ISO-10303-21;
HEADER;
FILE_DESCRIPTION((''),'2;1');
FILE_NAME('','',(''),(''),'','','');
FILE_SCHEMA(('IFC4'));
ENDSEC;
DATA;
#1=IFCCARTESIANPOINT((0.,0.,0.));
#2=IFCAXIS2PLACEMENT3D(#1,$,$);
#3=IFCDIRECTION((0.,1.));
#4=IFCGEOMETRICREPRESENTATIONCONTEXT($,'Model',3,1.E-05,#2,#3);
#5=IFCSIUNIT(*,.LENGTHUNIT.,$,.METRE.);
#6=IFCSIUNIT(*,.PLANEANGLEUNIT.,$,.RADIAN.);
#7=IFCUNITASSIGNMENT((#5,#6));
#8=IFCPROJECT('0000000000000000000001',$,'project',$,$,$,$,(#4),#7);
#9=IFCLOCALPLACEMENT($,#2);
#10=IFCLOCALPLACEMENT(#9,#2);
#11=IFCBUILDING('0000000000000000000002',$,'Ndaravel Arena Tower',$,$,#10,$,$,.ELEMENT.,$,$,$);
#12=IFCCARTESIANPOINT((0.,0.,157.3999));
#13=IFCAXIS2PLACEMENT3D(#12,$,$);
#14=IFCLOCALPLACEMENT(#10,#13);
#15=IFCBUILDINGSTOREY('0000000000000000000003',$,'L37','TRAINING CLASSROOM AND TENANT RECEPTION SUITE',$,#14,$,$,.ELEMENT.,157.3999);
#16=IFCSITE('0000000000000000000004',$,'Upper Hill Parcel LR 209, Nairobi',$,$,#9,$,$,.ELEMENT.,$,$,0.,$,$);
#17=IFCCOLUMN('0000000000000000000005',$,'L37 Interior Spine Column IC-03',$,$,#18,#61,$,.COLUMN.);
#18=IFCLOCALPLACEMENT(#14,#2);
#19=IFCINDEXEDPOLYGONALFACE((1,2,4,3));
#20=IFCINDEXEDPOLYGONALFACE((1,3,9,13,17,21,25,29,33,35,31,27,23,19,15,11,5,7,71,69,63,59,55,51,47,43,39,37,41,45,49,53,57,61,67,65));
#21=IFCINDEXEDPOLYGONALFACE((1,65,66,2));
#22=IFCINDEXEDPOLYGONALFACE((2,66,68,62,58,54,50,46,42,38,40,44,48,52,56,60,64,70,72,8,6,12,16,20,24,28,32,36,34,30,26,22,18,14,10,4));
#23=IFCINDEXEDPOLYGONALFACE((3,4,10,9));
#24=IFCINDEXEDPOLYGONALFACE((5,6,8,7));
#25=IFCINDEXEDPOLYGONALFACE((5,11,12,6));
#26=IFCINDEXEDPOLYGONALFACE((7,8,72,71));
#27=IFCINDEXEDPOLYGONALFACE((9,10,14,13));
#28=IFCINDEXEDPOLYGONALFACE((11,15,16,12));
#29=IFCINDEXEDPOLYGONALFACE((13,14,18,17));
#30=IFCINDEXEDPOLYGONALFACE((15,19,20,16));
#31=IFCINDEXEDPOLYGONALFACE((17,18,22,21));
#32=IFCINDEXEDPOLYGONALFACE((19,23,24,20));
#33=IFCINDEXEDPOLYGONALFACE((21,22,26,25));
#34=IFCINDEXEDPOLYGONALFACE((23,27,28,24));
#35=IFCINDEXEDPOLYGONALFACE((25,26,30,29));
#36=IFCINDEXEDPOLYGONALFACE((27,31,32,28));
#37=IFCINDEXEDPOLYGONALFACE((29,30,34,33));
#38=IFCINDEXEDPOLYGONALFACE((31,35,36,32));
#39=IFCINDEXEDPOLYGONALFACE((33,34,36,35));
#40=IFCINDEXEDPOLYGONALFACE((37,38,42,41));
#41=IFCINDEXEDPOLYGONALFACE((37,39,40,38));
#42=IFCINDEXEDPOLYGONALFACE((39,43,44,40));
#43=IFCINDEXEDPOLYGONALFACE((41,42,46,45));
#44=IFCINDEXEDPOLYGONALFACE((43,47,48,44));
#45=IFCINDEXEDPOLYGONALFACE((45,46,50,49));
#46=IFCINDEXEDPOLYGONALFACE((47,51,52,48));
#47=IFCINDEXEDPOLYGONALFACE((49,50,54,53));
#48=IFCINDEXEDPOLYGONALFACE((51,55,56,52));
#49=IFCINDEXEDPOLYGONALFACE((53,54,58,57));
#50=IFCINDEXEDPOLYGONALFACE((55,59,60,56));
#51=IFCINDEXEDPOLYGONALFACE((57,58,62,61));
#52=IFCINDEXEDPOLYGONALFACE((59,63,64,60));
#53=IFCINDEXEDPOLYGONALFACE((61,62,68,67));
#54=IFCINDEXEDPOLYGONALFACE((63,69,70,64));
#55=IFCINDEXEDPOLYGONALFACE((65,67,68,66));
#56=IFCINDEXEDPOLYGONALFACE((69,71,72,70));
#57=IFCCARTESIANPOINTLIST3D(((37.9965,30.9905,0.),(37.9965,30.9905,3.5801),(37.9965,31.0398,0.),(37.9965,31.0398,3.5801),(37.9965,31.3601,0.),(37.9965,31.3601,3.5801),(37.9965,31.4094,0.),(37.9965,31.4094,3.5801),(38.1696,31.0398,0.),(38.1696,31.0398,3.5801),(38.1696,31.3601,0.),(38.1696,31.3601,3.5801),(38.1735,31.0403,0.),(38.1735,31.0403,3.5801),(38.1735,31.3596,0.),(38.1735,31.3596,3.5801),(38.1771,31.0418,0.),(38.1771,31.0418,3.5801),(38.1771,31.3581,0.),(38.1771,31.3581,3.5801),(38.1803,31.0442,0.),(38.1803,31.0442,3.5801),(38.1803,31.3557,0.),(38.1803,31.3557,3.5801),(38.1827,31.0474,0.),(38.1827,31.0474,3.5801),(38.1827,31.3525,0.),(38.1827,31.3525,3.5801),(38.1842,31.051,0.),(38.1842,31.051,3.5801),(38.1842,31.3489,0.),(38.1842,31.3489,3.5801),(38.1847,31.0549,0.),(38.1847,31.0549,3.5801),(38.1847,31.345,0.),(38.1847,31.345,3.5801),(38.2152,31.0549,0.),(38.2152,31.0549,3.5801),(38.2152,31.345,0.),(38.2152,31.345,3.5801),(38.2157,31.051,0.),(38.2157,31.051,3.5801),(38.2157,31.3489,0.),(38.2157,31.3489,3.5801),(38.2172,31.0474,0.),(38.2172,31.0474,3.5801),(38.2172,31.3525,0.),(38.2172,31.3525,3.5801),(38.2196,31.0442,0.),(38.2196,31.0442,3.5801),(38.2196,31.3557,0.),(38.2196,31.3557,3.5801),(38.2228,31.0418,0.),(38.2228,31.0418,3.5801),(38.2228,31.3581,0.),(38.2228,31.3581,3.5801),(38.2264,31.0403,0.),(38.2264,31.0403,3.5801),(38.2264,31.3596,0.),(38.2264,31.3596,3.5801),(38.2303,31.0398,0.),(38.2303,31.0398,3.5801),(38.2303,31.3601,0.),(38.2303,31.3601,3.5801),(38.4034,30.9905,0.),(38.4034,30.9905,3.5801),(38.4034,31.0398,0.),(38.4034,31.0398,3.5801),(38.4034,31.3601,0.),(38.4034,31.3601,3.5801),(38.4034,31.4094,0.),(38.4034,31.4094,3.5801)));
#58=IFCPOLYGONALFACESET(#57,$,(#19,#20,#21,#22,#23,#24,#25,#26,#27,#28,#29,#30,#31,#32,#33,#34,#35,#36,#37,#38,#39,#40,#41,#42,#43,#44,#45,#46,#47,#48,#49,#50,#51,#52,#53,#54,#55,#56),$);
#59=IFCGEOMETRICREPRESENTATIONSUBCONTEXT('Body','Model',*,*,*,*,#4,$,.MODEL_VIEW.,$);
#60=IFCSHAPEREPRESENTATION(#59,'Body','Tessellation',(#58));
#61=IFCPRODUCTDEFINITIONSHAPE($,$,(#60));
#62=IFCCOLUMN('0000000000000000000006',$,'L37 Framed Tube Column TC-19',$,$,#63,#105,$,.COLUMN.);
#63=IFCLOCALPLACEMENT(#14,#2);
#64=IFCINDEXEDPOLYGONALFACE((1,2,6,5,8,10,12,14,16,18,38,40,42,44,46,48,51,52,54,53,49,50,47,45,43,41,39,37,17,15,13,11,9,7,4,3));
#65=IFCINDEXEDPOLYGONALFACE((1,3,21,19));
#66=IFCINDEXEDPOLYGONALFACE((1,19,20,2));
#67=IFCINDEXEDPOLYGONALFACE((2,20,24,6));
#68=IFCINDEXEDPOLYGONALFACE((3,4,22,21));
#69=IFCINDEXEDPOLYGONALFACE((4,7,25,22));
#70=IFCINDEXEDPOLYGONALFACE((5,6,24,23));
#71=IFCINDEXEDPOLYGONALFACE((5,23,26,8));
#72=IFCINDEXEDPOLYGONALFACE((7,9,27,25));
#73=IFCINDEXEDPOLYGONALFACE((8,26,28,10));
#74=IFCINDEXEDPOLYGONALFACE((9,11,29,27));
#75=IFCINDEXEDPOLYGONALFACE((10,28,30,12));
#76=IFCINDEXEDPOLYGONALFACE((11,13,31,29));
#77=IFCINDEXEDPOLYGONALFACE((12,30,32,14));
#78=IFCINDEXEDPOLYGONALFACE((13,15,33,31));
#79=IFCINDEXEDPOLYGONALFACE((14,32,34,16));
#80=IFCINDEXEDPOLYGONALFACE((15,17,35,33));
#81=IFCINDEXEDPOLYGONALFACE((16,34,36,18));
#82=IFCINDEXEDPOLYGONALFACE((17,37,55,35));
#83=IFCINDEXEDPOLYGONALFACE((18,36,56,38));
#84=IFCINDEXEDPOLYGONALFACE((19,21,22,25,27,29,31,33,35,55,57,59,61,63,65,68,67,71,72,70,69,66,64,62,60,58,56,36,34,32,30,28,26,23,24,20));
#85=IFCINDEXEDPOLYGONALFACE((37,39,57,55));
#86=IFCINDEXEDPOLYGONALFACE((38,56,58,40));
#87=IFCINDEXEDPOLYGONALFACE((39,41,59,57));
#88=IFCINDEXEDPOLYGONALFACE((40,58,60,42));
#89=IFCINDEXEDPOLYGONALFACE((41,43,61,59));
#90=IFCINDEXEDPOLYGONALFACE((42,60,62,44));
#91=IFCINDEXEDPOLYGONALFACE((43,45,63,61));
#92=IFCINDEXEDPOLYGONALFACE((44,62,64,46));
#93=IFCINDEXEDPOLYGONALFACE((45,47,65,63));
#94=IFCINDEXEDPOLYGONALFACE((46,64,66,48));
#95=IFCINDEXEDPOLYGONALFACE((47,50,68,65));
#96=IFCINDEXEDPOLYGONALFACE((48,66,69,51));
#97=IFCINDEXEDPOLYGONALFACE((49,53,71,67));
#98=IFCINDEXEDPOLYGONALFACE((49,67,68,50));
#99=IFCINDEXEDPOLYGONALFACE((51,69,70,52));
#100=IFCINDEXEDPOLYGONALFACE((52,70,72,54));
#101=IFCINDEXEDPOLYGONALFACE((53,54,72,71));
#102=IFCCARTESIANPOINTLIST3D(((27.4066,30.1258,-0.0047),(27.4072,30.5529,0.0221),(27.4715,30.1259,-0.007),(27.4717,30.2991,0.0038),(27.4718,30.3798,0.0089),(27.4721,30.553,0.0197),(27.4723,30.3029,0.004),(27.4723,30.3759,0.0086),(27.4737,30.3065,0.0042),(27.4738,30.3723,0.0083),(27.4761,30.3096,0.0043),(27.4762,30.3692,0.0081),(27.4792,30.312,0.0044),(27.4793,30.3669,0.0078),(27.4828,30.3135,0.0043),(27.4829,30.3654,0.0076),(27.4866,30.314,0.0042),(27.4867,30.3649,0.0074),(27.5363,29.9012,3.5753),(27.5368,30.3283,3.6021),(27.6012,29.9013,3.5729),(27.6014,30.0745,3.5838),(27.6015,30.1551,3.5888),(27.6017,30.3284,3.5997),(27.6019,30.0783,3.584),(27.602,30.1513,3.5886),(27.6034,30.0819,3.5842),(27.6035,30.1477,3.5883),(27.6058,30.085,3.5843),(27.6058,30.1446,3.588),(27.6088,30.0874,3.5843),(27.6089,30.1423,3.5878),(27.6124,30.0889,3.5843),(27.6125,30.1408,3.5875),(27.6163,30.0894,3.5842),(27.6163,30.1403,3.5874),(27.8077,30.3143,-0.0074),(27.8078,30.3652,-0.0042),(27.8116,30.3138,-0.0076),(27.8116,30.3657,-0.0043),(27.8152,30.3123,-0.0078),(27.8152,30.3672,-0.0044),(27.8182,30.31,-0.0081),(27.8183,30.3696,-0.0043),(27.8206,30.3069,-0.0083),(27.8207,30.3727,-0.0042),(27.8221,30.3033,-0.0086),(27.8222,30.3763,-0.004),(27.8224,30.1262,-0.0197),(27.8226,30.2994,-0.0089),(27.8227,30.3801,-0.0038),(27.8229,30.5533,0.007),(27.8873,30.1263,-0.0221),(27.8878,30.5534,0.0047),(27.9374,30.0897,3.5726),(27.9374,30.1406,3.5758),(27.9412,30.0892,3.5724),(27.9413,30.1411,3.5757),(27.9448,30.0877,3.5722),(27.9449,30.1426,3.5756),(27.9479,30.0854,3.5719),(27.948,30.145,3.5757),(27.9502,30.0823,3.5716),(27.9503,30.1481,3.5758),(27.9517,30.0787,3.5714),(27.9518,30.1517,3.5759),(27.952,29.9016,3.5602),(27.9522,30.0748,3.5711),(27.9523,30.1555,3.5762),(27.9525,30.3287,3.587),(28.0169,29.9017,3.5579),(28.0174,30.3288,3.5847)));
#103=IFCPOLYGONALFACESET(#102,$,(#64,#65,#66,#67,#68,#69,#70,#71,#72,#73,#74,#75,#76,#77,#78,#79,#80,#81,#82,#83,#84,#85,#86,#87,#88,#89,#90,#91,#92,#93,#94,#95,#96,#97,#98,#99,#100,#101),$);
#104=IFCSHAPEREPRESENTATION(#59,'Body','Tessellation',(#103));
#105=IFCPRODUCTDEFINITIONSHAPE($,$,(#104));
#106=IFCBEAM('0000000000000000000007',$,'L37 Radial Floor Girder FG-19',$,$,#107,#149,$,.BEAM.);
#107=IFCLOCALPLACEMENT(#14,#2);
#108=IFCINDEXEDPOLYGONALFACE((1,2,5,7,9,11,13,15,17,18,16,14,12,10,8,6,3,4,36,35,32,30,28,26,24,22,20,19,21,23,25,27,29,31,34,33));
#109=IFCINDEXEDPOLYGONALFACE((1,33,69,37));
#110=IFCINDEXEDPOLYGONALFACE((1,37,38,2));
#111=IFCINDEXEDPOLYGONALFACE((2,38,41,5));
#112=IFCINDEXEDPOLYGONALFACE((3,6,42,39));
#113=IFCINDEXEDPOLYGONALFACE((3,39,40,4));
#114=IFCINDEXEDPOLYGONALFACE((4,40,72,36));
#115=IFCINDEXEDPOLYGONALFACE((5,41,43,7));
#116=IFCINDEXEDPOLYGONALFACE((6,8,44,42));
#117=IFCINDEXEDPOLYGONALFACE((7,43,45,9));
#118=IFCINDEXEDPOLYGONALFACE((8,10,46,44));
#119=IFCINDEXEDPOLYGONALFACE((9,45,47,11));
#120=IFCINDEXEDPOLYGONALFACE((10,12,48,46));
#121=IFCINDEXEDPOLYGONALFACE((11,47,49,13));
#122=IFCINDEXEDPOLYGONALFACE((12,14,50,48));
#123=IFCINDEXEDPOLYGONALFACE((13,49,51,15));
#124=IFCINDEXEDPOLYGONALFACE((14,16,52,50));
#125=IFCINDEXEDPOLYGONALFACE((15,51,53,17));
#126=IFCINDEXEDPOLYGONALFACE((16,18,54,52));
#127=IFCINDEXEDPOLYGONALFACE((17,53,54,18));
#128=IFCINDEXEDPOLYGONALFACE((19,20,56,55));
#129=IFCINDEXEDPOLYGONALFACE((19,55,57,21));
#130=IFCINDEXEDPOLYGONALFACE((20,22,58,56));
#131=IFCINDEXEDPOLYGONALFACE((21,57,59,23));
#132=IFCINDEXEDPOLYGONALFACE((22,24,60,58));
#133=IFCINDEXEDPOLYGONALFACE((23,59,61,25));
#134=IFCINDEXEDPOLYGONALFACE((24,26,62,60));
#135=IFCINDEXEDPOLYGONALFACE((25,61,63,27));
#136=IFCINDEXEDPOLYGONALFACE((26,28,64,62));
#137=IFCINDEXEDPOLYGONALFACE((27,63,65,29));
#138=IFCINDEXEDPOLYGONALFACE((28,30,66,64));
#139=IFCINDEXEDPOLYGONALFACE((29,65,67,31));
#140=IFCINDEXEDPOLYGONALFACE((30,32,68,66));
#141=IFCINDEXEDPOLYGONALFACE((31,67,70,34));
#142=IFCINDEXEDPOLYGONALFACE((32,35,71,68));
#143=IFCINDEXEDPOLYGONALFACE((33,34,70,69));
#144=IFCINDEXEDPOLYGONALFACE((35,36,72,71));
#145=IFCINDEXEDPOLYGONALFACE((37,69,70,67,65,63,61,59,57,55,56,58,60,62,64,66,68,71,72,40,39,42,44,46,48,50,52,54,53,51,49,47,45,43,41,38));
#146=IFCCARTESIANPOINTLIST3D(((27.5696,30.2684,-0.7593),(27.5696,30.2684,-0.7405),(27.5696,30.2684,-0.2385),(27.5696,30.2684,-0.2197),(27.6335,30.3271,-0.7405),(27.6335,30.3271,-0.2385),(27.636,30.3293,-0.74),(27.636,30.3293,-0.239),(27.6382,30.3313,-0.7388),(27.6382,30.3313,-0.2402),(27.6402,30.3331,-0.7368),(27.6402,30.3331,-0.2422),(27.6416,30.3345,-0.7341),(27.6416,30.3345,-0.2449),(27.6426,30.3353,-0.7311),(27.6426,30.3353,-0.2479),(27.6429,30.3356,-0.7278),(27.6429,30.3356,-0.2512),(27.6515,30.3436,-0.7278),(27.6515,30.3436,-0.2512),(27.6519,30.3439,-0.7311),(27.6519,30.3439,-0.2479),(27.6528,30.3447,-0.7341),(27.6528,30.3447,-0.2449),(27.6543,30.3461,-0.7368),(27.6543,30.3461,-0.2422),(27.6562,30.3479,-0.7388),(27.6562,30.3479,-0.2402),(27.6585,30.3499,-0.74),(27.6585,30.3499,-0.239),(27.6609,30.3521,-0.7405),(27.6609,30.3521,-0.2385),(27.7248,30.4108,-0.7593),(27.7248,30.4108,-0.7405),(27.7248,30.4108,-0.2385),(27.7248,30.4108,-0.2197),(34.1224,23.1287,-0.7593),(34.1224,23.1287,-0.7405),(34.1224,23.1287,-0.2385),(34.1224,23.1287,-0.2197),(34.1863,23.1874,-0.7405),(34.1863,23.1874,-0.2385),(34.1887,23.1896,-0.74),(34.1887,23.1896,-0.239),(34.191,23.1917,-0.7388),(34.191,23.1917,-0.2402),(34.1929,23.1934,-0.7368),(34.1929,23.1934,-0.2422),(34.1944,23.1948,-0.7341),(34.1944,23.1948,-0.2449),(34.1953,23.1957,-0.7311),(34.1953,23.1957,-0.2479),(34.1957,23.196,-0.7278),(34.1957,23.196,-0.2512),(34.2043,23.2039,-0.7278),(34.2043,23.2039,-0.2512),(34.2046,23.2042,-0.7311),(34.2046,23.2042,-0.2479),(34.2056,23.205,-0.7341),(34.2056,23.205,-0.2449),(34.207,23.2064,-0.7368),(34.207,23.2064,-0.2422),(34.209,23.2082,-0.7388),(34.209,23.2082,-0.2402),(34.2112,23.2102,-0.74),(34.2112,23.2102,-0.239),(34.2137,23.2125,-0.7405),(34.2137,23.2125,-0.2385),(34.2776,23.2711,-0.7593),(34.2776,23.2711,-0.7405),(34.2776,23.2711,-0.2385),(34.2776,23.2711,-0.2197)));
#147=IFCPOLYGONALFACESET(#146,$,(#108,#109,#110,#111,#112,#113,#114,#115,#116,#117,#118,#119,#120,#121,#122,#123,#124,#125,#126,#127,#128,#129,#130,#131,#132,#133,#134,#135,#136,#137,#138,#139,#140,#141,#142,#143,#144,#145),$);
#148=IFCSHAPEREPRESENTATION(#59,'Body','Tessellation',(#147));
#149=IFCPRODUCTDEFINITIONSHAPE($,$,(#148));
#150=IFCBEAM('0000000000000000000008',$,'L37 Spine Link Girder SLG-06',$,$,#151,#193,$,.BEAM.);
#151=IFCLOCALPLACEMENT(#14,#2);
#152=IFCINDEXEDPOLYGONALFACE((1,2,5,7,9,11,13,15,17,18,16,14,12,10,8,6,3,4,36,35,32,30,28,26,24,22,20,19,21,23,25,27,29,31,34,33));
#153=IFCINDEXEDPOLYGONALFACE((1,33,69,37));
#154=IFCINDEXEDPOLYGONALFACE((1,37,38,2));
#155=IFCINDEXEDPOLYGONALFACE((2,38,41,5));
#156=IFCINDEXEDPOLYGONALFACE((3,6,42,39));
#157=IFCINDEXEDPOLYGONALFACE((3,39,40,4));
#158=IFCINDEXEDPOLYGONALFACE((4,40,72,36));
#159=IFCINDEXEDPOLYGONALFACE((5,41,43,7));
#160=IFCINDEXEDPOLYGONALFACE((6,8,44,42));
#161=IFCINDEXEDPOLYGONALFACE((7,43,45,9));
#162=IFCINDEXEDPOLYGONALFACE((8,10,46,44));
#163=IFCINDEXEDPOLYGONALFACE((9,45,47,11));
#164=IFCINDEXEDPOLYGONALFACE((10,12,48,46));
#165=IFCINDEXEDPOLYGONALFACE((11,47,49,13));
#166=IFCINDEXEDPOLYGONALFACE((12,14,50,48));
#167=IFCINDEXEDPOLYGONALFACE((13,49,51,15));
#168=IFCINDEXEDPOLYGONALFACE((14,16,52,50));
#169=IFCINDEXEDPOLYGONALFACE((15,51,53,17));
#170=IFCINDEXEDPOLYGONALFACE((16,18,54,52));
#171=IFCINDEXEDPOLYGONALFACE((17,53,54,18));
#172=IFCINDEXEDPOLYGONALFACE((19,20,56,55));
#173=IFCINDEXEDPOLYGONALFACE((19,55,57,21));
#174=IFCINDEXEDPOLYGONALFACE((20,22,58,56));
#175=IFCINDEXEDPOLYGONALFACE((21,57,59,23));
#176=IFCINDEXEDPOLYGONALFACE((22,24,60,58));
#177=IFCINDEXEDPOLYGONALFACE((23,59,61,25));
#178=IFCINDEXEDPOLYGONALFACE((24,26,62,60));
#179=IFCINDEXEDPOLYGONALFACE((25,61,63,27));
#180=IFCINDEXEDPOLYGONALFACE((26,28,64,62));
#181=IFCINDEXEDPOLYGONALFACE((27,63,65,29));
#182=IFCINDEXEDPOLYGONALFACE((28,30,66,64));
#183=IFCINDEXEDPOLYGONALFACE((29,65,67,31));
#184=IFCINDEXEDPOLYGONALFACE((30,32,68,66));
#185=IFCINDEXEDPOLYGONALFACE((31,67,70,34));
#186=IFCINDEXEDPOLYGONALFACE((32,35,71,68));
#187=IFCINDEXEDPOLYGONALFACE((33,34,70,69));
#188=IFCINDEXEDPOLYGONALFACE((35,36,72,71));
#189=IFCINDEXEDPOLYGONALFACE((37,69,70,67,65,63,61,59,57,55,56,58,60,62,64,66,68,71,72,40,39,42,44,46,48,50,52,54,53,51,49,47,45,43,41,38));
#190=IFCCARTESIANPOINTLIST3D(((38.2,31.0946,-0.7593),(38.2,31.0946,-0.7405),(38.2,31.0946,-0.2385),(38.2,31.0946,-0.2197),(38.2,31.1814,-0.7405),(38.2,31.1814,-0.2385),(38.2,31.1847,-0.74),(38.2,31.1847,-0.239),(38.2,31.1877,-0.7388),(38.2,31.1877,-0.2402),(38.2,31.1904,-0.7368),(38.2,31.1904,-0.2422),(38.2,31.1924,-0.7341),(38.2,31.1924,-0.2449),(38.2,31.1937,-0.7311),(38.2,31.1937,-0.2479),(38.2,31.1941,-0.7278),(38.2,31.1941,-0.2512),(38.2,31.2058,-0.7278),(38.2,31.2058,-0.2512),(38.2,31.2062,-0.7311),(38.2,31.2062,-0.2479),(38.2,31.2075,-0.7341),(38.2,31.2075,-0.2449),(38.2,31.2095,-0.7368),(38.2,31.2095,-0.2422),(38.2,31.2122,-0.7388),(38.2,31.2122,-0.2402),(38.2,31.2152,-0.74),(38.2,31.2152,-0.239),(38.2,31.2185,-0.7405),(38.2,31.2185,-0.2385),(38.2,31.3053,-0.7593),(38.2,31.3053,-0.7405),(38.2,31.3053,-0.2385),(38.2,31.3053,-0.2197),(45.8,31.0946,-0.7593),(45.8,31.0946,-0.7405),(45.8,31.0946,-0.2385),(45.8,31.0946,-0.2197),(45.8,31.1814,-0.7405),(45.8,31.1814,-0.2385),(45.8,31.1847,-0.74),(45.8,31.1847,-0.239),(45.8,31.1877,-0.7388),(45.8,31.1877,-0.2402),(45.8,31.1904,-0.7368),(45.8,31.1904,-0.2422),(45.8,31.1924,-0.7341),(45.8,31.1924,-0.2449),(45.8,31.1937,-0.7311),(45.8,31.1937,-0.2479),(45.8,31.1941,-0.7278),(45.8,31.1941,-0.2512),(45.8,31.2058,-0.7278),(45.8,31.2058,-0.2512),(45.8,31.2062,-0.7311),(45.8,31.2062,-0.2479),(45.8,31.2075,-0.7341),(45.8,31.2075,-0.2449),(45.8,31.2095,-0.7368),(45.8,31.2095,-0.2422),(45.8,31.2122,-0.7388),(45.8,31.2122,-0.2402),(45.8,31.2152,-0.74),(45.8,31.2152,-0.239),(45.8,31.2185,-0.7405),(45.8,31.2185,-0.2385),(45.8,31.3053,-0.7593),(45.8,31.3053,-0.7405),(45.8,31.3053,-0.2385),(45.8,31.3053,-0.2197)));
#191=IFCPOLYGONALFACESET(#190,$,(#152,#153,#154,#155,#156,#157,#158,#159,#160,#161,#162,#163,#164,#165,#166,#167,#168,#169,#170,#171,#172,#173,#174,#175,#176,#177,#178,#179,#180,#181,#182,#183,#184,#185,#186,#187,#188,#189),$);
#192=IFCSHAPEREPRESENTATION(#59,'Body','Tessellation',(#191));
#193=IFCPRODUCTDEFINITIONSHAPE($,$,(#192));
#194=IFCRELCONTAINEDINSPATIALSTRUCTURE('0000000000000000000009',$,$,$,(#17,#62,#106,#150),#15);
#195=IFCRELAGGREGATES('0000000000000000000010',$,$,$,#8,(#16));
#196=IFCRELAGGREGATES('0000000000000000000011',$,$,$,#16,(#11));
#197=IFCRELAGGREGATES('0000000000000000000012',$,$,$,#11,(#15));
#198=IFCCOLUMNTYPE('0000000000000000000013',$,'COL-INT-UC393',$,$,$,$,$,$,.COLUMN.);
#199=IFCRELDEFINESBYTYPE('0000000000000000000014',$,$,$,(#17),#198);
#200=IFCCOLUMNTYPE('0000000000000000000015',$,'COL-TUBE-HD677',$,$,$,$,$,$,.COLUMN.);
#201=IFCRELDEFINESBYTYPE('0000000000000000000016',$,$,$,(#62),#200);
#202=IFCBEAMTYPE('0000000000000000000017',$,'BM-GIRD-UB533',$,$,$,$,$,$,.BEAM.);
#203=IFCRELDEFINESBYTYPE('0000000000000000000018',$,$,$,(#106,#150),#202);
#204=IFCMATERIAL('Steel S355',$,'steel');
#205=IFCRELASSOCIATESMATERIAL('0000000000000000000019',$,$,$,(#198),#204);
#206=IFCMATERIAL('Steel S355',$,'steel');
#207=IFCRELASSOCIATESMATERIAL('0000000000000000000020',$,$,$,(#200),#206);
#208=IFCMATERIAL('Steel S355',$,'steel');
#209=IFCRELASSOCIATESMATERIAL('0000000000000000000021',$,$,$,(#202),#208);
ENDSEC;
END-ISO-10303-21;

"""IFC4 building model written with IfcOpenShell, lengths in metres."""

from ifc_helpers import new_model, si_unit, direction, frame, origin, origin_2d, place, context, subcontext, project, spatial, i_section, extrude, material, material_profile, profile_set, type_object, element, save


model = new_model("IFC4")

# Units and contexts
model_context = context("Model", 3, precision=1e-05, world=origin(), true_north=direction((0.0, 1.0)))
body_context = subcontext(model_context, "Body", "Model", "MODEL_VIEW")
ifc_project = project(units=[si_unit("LENGTHUNIT", "METRE"), si_unit("PLANEANGLEUNIT", "RADIAN")], contexts=[model_context])

# Site, building, storey
site_placement = place(None, origin())
site = spatial("IfcSite", under=ifc_project, at=site_placement, Name="Upper Hill Parcel LR 209, Nairobi", CompositionType="ELEMENT", RefElevation=0.0)
building_placement = place(site_placement, origin())
building = spatial("IfcBuilding", under=site, at=building_placement, Name="Ndaravel Arena Tower", CompositionType="ELEMENT")
storey_placement = place(building_placement, frame((0.0, 0.0, 157.3999)))
storey = spatial("IfcBuildingStorey", under=building, at=storey_placement, Name="L37", Description="TRAINING CLASSROOM AND TENANT RECEPTION SUITE", CompositionType="ELEMENT", Elevation=157.3999)

# Columns
ifc_material_1 = material(Name="Steel S355", Category="steel")
ifc_material_profile_1 = material_profile(ifc_material_1, i_section(OverallWidth=0.407, OverallDepth=0.4189, WebThickness=0.0305, FlangeThickness=0.0493, FilletRadius=0.0151, at=origin_2d()), Name="UC 356x406x393")
ifc_profile_set_1 = profile_set([ifc_material_profile_1], Name="Steel S355")
column_type_1 = type_object("IfcColumnType", Name="COL-INT-UC393", PredefinedType="COLUMN", material=ifc_profile_set_1)
column_1_placement = place(storey_placement, frame((38.2, 31.2, 0.0), z_axis=(0.0, 0.0, 1.0), x_axis=(1.0, 0.0, 0.0)))
element("IfcColumn", 1, at=column_1_placement, inside=storey, type_object=column_type_1, Name="L37 Interior Spine Column IC-03", PredefinedType="COLUMN", context=body_context, shape_type="SweptSolid", body=[
    extrude(i_section(OverallWidth=0.407, OverallDepth=0.4189, WebThickness=0.0305, FlangeThickness=0.0493, FilletRadius=0.0151, at=origin_2d()), origin(), (0.0, 0.0, 1.0), 3.5801),
])
ifc_material_2 = material(Name="Steel S355", Category="steel")
ifc_material_profile_2 = material_profile(ifc_material_2, i_section(OverallWidth=0.428, OverallDepth=0.481, WebThickness=0.051, FlangeThickness=0.0649, FilletRadius=0.0149, at=origin_2d()), Name="HD 400x677")
ifc_profile_set_2 = profile_set([ifc_material_profile_2], Name="Steel S355")
column_type_2 = type_object("IfcColumnType", Name="COL-TUBE-HD677", PredefinedType="COLUMN", material=ifc_profile_set_2)
column_2_placement = place(storey_placement, frame((27.6472, 30.3396, 0.0), z_axis=(0.036116, -0.062575, 0.997387), x_axis=(0.001264, 0.99804, 0.06257)))
element("IfcColumn", 2, at=column_2_placement, inside=storey, type_object=column_type_2, Name="L37 Framed Tube Column TC-19", PredefinedType="COLUMN", context=body_context, shape_type="SweptSolid", body=[
    extrude(i_section(OverallWidth=0.428, OverallDepth=0.481, WebThickness=0.051, FlangeThickness=0.0649, FilletRadius=0.0149, at=origin_2d()), origin(), (0.0, 0.0, 1.0), 3.5894),
])

# Beams
ifc_material_3 = material(Name="Steel S355", Category="steel")
ifc_material_profile_3 = material_profile(ifc_material_3, i_section(OverallWidth=0.2107, OverallDepth=0.5396, WebThickness=0.0117, FlangeThickness=0.0188, FilletRadius=0.0127, at=origin_2d()), Name="UB 533x210x109")
ifc_profile_set_3 = profile_set([ifc_material_profile_3], Name="Steel S355")
beam_type_1 = type_object("IfcBeamType", Name="BM-GIRD-UB533", PredefinedType="BEAM", material=ifc_profile_set_3)
beam_1_placement = place(storey_placement, frame((27.6472, 30.3396, -0.4895), z_axis=(0.676176, -0.73674, 0.0), x_axis=(0.73674, 0.676176, 0.0)))
element("IfcBeam", 3, at=beam_1_placement, inside=storey, type_object=beam_type_1, Name="L37 Radial Floor Girder FG-19", PredefinedType="BEAM", context=body_context, shape_type="SweptSolid", body=[
    extrude(i_section(OverallWidth=0.2107, OverallDepth=0.5396, WebThickness=0.0117, FlangeThickness=0.0188, FilletRadius=0.0127, at=origin_2d()), origin(), (0.0, 0.0, 1.0), 9.6909),
])
beam_2_placement = place(storey_placement, frame((38.2, 31.2, -0.4895), z_axis=(1.0, 0.0, 0.0), x_axis=(0.0, 1.0, 0.0)))
element("IfcBeam", 4, at=beam_2_placement, inside=storey, type_object=beam_type_1, Name="L37 Spine Link Girder SLG-06", PredefinedType="BEAM", context=body_context, shape_type="SweptSolid", body=[
    extrude(i_section(OverallWidth=0.2107, OverallDepth=0.5396, WebThickness=0.0117, FlangeThickness=0.0188, FilletRadius=0.0127, at=origin_2d()), origin(), (0.0, 0.0, 1.0), 7.6001),
])

save(model, "model.ifc")
